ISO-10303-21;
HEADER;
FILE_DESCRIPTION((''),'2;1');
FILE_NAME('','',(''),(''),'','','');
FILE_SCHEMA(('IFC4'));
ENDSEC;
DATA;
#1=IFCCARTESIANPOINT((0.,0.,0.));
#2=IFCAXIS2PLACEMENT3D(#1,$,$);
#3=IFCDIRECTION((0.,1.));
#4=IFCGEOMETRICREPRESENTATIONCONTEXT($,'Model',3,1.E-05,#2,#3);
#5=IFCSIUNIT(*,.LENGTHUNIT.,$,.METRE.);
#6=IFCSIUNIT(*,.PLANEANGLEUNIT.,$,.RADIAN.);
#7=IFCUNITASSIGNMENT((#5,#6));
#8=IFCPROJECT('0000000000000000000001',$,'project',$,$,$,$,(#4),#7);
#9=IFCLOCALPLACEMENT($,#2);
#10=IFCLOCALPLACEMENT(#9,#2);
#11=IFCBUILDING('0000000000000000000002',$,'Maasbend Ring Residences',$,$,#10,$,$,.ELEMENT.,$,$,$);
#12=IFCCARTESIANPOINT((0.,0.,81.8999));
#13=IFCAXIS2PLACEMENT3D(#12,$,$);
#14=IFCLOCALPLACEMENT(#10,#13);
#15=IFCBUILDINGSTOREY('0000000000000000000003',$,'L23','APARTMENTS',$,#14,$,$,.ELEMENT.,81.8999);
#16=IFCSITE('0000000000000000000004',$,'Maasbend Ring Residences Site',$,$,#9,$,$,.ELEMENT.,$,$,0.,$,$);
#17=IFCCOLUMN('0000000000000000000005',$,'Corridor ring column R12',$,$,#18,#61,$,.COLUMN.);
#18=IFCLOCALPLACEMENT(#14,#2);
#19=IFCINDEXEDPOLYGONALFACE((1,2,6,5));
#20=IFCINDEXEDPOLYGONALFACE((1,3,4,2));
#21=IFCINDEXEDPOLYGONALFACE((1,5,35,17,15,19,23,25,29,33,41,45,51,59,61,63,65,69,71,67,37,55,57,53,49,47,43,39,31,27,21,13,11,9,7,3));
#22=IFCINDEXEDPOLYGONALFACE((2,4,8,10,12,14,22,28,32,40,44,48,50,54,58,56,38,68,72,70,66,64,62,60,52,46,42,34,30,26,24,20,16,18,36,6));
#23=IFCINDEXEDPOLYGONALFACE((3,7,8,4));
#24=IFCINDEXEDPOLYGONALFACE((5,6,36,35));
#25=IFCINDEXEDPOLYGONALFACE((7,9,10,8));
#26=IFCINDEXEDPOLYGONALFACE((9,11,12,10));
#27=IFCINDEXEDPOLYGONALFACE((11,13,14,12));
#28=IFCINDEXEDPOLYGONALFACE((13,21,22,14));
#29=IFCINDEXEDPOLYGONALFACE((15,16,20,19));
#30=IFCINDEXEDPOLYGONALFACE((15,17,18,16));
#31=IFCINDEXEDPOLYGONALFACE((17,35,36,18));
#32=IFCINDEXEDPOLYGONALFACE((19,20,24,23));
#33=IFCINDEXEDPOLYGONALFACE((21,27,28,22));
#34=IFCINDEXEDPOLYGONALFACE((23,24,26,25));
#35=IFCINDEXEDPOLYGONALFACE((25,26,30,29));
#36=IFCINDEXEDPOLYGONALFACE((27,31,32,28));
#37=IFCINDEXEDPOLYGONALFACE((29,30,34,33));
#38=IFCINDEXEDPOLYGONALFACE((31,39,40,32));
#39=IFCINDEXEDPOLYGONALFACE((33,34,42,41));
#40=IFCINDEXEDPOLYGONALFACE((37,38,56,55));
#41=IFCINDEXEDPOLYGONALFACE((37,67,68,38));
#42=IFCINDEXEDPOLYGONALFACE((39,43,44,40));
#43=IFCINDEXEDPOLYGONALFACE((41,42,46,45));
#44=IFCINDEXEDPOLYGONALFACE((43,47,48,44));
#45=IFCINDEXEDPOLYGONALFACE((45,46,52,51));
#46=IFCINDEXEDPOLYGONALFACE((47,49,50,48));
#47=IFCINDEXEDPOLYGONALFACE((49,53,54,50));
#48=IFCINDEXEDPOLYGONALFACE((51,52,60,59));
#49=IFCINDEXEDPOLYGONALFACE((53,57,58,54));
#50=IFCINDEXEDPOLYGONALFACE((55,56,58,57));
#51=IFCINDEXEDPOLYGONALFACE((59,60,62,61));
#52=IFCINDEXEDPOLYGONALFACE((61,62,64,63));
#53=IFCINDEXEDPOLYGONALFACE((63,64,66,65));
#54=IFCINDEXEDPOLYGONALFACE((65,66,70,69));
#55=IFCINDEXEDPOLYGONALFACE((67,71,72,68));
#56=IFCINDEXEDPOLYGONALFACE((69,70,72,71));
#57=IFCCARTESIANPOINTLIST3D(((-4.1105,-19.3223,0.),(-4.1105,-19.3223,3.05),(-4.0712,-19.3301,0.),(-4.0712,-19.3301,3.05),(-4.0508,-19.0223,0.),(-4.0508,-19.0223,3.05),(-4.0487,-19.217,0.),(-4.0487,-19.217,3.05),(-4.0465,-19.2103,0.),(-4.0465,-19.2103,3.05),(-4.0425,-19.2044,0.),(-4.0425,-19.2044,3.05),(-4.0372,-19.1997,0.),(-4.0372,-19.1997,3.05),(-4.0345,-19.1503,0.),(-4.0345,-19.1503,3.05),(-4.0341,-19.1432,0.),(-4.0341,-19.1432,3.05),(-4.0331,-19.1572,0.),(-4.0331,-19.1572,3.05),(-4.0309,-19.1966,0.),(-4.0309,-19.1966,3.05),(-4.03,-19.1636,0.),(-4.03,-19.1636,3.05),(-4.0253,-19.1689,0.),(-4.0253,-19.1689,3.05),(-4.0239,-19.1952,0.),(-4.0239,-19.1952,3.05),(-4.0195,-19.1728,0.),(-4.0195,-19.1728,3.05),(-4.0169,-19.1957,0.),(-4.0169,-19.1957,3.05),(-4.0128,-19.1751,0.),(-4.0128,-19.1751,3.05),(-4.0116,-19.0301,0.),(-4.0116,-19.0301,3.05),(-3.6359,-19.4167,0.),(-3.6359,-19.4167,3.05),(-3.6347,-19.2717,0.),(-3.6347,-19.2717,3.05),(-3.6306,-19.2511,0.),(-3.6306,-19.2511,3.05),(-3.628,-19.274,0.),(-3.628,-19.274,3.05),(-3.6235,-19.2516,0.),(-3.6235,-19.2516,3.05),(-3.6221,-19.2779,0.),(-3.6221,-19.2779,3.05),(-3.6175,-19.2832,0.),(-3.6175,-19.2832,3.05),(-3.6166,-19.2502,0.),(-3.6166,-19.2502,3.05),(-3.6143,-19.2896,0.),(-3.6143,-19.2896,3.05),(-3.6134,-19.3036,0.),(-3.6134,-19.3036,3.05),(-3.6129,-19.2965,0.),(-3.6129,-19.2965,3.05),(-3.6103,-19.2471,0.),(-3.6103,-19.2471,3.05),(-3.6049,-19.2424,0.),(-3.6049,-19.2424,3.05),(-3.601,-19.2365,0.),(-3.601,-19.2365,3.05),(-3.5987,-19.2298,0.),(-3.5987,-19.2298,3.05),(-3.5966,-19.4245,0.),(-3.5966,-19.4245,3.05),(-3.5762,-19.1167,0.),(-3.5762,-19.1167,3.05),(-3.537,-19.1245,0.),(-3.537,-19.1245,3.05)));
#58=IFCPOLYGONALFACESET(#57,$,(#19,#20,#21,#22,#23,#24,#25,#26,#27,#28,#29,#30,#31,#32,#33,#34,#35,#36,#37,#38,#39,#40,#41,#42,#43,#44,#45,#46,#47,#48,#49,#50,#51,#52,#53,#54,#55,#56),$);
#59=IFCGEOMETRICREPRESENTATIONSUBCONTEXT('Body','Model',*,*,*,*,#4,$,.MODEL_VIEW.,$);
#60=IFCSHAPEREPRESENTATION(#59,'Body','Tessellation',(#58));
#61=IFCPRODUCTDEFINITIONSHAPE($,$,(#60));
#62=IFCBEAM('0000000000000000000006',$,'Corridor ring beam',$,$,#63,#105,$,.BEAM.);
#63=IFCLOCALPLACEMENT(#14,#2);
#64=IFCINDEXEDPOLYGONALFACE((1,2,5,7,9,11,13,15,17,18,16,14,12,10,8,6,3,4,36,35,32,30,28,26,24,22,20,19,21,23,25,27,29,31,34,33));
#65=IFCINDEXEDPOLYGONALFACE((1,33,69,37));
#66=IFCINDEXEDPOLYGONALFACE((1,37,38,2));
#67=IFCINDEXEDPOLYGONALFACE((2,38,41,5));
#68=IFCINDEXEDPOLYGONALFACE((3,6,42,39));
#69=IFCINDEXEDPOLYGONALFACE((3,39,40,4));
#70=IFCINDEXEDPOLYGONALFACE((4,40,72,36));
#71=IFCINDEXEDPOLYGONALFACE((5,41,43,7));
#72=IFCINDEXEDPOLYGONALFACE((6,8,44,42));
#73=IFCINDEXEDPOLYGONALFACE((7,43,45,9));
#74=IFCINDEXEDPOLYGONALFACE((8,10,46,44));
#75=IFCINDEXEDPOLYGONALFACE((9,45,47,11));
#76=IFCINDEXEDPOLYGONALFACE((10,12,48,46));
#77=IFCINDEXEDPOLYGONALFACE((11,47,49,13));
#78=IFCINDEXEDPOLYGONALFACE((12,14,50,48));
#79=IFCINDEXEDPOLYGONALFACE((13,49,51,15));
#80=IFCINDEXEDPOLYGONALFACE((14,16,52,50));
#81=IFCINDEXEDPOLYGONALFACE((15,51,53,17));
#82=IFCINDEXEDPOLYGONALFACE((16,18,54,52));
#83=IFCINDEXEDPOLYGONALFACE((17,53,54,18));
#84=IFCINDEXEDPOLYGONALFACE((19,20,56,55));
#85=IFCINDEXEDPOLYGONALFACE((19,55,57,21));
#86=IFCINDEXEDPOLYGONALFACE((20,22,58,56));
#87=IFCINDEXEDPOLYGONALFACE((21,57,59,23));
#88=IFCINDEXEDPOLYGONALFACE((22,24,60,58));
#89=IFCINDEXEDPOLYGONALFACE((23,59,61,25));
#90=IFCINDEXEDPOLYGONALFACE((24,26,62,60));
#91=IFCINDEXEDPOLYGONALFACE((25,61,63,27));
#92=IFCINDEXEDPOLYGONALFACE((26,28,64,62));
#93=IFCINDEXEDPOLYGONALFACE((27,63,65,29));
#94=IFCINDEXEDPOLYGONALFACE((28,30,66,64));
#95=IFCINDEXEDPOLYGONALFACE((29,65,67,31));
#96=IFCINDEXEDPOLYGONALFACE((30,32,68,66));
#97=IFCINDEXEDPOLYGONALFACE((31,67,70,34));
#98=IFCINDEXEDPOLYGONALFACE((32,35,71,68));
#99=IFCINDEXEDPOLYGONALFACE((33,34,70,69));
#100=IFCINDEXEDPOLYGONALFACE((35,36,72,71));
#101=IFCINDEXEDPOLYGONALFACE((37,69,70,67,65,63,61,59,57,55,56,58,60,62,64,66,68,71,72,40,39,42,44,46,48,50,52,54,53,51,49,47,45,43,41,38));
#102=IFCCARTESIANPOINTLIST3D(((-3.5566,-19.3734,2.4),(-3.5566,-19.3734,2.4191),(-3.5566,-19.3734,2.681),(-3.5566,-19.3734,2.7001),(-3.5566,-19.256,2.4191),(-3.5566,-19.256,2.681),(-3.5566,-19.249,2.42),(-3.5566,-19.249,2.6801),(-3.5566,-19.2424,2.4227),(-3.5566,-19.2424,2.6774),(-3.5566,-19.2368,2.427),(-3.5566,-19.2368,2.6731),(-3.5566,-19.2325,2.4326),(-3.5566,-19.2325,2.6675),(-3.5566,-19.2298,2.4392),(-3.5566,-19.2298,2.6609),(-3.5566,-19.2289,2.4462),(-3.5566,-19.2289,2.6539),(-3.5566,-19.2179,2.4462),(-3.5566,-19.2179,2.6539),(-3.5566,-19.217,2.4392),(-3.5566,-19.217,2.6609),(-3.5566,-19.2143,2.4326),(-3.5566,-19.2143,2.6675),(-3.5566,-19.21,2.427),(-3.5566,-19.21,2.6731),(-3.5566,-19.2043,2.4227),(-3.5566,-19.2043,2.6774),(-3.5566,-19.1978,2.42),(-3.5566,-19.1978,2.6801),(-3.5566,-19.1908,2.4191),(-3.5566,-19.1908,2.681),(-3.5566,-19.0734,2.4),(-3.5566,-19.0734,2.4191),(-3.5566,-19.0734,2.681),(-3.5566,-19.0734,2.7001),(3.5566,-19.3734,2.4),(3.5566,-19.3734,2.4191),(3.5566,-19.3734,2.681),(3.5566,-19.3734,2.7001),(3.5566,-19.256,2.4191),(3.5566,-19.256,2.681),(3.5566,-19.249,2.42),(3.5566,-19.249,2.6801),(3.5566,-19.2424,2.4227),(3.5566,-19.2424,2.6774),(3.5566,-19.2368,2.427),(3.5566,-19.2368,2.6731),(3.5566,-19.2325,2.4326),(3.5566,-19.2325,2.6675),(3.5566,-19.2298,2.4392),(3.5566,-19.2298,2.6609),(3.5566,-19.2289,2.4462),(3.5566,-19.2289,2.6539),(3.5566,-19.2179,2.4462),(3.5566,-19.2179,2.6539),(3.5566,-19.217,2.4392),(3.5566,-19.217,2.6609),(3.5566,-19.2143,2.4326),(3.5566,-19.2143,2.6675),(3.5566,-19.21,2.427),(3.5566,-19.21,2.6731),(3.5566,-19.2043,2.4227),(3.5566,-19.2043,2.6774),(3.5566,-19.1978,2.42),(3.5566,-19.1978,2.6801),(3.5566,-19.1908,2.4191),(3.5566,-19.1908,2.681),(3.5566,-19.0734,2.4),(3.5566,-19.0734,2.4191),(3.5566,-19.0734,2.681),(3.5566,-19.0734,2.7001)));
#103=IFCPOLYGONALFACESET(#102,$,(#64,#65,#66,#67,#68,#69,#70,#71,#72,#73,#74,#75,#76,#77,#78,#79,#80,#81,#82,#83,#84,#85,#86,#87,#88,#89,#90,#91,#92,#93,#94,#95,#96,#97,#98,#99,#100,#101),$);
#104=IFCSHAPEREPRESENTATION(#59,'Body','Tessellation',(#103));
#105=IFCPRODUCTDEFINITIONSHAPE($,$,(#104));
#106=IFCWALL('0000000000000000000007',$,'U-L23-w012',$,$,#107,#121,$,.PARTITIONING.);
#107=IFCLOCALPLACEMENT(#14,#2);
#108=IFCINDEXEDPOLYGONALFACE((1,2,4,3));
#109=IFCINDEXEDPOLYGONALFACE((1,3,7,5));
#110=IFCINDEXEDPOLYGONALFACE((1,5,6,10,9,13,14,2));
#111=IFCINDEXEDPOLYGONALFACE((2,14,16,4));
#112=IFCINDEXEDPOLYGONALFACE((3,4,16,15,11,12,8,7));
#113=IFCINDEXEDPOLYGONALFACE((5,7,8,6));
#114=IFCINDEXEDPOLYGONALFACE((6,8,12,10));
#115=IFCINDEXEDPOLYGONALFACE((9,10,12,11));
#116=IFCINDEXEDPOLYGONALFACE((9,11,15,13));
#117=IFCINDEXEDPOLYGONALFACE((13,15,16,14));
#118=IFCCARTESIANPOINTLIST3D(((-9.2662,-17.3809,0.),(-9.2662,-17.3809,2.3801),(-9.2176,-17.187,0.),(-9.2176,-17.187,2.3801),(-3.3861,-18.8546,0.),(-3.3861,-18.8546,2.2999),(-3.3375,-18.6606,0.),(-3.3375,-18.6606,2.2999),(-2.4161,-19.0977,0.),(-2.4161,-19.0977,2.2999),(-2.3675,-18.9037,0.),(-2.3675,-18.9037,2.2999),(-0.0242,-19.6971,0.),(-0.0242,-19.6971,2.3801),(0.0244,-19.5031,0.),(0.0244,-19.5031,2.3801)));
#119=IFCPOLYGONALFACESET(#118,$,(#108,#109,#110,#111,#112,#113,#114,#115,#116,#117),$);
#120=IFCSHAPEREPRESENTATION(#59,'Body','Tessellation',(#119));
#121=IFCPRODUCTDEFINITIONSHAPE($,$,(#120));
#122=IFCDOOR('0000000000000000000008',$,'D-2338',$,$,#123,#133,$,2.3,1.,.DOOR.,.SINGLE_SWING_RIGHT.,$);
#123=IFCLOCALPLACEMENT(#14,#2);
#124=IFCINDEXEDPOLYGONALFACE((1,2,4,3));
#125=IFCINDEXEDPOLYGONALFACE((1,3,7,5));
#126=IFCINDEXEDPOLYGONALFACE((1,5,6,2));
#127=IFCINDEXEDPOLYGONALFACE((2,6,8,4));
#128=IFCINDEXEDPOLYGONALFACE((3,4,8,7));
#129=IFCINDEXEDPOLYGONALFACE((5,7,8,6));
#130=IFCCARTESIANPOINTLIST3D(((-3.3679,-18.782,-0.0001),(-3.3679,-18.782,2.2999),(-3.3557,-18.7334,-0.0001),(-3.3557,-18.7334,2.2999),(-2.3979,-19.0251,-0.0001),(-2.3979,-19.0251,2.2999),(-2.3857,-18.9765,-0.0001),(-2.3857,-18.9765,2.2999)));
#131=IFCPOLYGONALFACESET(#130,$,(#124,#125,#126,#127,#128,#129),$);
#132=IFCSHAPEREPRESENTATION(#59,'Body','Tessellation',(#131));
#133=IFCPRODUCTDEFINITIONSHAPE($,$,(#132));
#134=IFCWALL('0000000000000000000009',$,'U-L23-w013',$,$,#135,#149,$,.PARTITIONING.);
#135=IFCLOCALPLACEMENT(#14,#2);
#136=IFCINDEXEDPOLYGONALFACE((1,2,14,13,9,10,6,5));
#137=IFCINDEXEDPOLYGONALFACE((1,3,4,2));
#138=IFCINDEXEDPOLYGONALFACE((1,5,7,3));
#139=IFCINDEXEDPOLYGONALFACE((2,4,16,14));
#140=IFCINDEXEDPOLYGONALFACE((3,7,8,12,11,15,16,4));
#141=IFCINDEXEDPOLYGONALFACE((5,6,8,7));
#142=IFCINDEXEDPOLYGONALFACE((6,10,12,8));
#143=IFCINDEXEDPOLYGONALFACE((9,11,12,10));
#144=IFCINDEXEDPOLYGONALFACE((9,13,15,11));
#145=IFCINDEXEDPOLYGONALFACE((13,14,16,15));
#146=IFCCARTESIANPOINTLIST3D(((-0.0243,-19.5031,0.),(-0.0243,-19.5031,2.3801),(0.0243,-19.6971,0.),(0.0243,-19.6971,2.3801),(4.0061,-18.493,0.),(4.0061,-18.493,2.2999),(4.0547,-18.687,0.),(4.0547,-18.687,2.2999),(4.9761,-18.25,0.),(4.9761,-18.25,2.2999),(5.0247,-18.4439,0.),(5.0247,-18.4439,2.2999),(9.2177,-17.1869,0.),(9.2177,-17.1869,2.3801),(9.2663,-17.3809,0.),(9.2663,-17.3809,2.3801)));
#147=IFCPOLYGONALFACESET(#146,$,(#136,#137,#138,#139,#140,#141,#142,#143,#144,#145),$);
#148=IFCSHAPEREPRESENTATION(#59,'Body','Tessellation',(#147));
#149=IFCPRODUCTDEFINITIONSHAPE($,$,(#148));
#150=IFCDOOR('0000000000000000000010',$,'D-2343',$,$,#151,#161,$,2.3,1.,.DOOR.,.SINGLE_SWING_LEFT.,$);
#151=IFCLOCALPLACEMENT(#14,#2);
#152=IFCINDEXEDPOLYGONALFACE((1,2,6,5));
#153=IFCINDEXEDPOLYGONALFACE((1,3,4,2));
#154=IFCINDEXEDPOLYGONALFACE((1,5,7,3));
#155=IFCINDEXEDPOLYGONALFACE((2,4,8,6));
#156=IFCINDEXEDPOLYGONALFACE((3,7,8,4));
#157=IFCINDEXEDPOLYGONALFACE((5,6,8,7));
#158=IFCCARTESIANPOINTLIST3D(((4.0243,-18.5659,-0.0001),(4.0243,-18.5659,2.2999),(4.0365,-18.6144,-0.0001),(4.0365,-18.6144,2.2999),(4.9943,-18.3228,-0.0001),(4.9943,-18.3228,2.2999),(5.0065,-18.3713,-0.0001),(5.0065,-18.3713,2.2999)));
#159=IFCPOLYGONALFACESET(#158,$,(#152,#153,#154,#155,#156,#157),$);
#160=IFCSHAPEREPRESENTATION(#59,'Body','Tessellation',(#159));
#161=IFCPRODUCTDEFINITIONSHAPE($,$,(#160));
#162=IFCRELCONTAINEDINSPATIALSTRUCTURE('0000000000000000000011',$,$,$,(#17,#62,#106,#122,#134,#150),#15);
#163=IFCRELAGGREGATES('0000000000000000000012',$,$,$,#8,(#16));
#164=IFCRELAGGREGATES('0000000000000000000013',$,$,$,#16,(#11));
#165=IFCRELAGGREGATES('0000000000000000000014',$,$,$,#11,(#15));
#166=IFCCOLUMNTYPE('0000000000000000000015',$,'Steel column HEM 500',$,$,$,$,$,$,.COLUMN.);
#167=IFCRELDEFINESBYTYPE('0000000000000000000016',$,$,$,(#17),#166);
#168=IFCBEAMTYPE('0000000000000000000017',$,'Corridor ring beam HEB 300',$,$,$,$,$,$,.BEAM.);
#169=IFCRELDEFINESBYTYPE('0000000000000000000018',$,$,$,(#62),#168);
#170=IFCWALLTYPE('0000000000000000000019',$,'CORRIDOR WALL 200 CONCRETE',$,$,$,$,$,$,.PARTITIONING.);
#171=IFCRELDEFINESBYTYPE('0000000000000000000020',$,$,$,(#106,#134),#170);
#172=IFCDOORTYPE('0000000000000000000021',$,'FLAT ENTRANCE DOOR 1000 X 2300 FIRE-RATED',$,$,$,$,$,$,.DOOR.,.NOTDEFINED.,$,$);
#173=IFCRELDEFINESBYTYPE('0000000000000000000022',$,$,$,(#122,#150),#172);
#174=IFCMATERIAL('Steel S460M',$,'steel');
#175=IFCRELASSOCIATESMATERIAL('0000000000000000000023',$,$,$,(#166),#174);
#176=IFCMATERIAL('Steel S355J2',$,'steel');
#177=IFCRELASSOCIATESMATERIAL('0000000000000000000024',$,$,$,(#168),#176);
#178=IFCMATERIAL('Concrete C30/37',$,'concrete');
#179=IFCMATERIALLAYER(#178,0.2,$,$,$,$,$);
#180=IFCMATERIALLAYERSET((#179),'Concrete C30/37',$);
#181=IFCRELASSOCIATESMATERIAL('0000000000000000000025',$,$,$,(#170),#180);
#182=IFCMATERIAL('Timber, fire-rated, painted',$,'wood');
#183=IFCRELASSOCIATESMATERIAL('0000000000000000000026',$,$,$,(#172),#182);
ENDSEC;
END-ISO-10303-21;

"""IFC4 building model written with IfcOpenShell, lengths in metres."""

from ifc_helpers import new_model, si_unit, direction, frame, frame_2d, origin, origin_2d, place, context, subcontext, project, spatial, rectangle, i_section, extrude, material, layer, layer_set, material_profile, profile_set, type_object, element, fill, save


model = new_model("IFC4")

# Units and contexts
model_context = context("Model", 3, precision=1e-05, world=origin(), true_north=direction((0.0, 1.0)))
body_context = subcontext(model_context, "Body", "Model", "MODEL_VIEW")
ifc_project = project(units=[si_unit("LENGTHUNIT", "METRE"), si_unit("PLANEANGLEUNIT", "RADIAN")], contexts=[model_context])

# Site, building, storey
site_placement = place(None, origin())
site = spatial("IfcSite", under=ifc_project, at=site_placement, Name="Maasbend Ring Residences Site", CompositionType="ELEMENT", RefElevation=0.0)
building_placement = place(site_placement, origin())
building = spatial("IfcBuilding", under=site, at=building_placement, Name="Maasbend Ring Residences", CompositionType="ELEMENT")
storey_placement = place(building_placement, frame((0.0, 0.0, 81.8999)))
storey = spatial("IfcBuildingStorey", under=building, at=storey_placement, Name="L23", Description="APARTMENTS", CompositionType="ELEMENT", Elevation=81.8999)

# Column
ifc_material_1 = material(Name="Steel S460M", Category="steel")
ifc_material_profile_1 = material_profile(ifc_material_1, i_section(OverallWidth=0.3059, OverallDepth=0.5239, WebThickness=0.021, FlangeThickness=0.04, FilletRadius=0.0271, at=origin_2d()), Name="HEM 500")
ifc_profile_set_1 = profile_set([ifc_material_profile_1], Name="Steel S460M")
column_type = type_object("IfcColumnType", Name="Steel column HEM 500", PredefinedType="COLUMN", material=ifc_profile_set_1)
column_placement = place(storey_placement, frame((-3.8237, -19.2234, 0.0), z_axis=(0.0, 0.0, 1.0), x_axis=(-0.19509, -0.980785, 0.0)))
element("IfcColumn", 1, at=column_placement, inside=storey, type_object=column_type, Name="Corridor ring column R12", PredefinedType="COLUMN", context=body_context, shape_type="SweptSolid", body=[
    extrude(i_section(OverallWidth=0.3059, OverallDepth=0.5239, WebThickness=0.021, FlangeThickness=0.04, FilletRadius=0.0271, at=origin_2d()), origin(), (0.0, 0.0, 1.0), 3.05),
])

# Beam
ifc_material_2 = material(Name="Steel S355J2", Category="steel")
ifc_material_profile_2 = material_profile(ifc_material_2, i_section(OverallWidth=0.3, OverallDepth=0.3, WebThickness=0.011, FlangeThickness=0.019, FilletRadius=0.0271, at=origin_2d()), Name="HEB 300")
ifc_profile_set_2 = profile_set([ifc_material_profile_2], Name="Steel S355J2")
beam_type = type_object("IfcBeamType", Name="Corridor ring beam HEB 300", PredefinedType="BEAM", material=ifc_profile_set_2)
beam_placement = place(storey_placement, frame((-3.5566, -19.2234, 2.55), z_axis=(1.0, 0.0, 0.0), x_axis=(0.0, 1.0, 0.0)))
element("IfcBeam", 2, at=beam_placement, inside=storey, type_object=beam_type, Name="Corridor ring beam", PredefinedType="BEAM", context=body_context, shape_type="SweptSolid", body=[
    extrude(i_section(OverallWidth=0.3, OverallDepth=0.3, WebThickness=0.011, FlangeThickness=0.019, FilletRadius=0.0271, at=origin_2d()), origin(), (0.0, 0.0, 1.0), 7.1133),
])

# Walls, openings, doors
ifc_material_3 = material(Name="Concrete C30/37", Category="concrete")
ifc_layer_1 = layer(ifc_material_3, 0.2)
ifc_layer_set_1 = layer_set([ifc_layer_1], Name="Concrete C30/37")
wall_type_1 = type_object("IfcWallType", Name="CORRIDOR WALL 200 CONCRETE", PredefinedType="PARTITIONING", material=ifc_layer_set_1)
wall_1_placement = place(storey_placement, frame((-9.2419, -17.2839, 0.0), z_axis=(0.0, 0.0, 1.0), x_axis=(0.970002, -0.243096, 0.0)))
wall_1 = element("IfcWall", 3, at=wall_1_placement, inside=storey, type_object=wall_type_1, Name="U-L23-w012", PredefinedType="PARTITIONING", context=body_context, shape_type="SweptSolid", body=[
    extrude(rectangle(XDim=9.5278, YDim=0.2, at=frame_2d((4.7639, 0.0))), origin(), (0.0, 0.0, 1.0), 2.3801),
])
opening_1_placement = place(wall_1_placement, frame((6.062, 0.0, 0.0)))
opening_1 = element("IfcOpeningElement", 4, at=opening_1_placement, cuts=wall_1, PredefinedType="OPENING", context=body_context, shape_type="SweptSolid", body=[
    extrude(rectangle(XDim=1.0, YDim=2.3, at=frame_2d((0.5, 1.1499))), frame((0.0, 0.1099, 0.0), z_axis=(0.0, -1.0, 0.0), x_axis=(1.0, 0.0, 0.0)), (0.0, 0.0, 1.0), 0.22),
])
ifc_material_4 = material(Name="Timber, fire-rated, painted", Category="wood")
door_type_1 = type_object("IfcDoorType", Name="FLAT ENTRANCE DOOR 1000 X 2300 FIRE-RATED", OperationType="NOTDEFINED", PredefinedType="DOOR", material=ifc_material_4)
door_1_placement = place(opening_1_placement, origin())
door_1 = element("IfcDoor", 5, at=door_1_placement, inside=storey, type_object=door_type_1, Name="D-2338", OperationType="SINGLE_SWING_RIGHT", OverallHeight=2.3, OverallWidth=1.0, PredefinedType="DOOR", context=body_context, shape_type="SweptSolid", body=[
    extrude(rectangle(XDim=1.0, YDim=2.3, at=frame_2d((0.5, 1.1499))), frame((0.0, 0.0249, 0.0), z_axis=(0.0, -1.0, 0.0), x_axis=(1.0, 0.0, 0.0)), (0.0, 0.0, 1.0), 0.05),
])
fill(opening_1, door_1)
wall_2_placement = place(storey_placement, frame((0.0, -19.6001, 0.0), z_axis=(0.0, 0.0, 1.0), x_axis=(0.970002, 0.243096, 0.0)))
wall_2 = element("IfcWall", 6, at=wall_2_placement, inside=storey, type_object=wall_type_1, Name="U-L23-w013", PredefinedType="PARTITIONING", context=body_context, shape_type="SweptSolid", body=[
    extrude(rectangle(XDim=9.5278, YDim=0.2, at=frame_2d((4.7639, 0.0))), origin(), (0.0, 0.0, 1.0), 2.3801),
])
opening_2_placement = place(wall_2_placement, frame((4.155, 0.0, 0.0)))
opening_2 = element("IfcOpeningElement", 7, at=opening_2_placement, cuts=wall_2, PredefinedType="OPENING", context=body_context, shape_type="SweptSolid", body=[
    extrude(rectangle(XDim=1.0, YDim=2.3, at=frame_2d((0.5, 1.1499))), frame((0.0, 0.1099, 0.0), z_axis=(0.0, -1.0, 0.0), x_axis=(1.0, 0.0, 0.0)), (0.0, 0.0, 1.0), 0.22),
])
door_2_placement = place(opening_2_placement, origin())
door_2 = element("IfcDoor", 8, at=door_2_placement, inside=storey, type_object=door_type_1, Name="D-2343", OperationType="SINGLE_SWING_LEFT", OverallHeight=2.3, OverallWidth=1.0, PredefinedType="DOOR", context=body_context, shape_type="SweptSolid", body=[
    extrude(rectangle(XDim=1.0, YDim=2.3, at=frame_2d((0.5, 1.1499))), frame((0.0, 0.0249, 0.0), z_axis=(0.0, -1.0, 0.0), x_axis=(1.0, 0.0, 0.0)), (0.0, 0.0, 1.0), 0.05),
])
fill(opening_2, door_2)

save(model, "model.ifc")
